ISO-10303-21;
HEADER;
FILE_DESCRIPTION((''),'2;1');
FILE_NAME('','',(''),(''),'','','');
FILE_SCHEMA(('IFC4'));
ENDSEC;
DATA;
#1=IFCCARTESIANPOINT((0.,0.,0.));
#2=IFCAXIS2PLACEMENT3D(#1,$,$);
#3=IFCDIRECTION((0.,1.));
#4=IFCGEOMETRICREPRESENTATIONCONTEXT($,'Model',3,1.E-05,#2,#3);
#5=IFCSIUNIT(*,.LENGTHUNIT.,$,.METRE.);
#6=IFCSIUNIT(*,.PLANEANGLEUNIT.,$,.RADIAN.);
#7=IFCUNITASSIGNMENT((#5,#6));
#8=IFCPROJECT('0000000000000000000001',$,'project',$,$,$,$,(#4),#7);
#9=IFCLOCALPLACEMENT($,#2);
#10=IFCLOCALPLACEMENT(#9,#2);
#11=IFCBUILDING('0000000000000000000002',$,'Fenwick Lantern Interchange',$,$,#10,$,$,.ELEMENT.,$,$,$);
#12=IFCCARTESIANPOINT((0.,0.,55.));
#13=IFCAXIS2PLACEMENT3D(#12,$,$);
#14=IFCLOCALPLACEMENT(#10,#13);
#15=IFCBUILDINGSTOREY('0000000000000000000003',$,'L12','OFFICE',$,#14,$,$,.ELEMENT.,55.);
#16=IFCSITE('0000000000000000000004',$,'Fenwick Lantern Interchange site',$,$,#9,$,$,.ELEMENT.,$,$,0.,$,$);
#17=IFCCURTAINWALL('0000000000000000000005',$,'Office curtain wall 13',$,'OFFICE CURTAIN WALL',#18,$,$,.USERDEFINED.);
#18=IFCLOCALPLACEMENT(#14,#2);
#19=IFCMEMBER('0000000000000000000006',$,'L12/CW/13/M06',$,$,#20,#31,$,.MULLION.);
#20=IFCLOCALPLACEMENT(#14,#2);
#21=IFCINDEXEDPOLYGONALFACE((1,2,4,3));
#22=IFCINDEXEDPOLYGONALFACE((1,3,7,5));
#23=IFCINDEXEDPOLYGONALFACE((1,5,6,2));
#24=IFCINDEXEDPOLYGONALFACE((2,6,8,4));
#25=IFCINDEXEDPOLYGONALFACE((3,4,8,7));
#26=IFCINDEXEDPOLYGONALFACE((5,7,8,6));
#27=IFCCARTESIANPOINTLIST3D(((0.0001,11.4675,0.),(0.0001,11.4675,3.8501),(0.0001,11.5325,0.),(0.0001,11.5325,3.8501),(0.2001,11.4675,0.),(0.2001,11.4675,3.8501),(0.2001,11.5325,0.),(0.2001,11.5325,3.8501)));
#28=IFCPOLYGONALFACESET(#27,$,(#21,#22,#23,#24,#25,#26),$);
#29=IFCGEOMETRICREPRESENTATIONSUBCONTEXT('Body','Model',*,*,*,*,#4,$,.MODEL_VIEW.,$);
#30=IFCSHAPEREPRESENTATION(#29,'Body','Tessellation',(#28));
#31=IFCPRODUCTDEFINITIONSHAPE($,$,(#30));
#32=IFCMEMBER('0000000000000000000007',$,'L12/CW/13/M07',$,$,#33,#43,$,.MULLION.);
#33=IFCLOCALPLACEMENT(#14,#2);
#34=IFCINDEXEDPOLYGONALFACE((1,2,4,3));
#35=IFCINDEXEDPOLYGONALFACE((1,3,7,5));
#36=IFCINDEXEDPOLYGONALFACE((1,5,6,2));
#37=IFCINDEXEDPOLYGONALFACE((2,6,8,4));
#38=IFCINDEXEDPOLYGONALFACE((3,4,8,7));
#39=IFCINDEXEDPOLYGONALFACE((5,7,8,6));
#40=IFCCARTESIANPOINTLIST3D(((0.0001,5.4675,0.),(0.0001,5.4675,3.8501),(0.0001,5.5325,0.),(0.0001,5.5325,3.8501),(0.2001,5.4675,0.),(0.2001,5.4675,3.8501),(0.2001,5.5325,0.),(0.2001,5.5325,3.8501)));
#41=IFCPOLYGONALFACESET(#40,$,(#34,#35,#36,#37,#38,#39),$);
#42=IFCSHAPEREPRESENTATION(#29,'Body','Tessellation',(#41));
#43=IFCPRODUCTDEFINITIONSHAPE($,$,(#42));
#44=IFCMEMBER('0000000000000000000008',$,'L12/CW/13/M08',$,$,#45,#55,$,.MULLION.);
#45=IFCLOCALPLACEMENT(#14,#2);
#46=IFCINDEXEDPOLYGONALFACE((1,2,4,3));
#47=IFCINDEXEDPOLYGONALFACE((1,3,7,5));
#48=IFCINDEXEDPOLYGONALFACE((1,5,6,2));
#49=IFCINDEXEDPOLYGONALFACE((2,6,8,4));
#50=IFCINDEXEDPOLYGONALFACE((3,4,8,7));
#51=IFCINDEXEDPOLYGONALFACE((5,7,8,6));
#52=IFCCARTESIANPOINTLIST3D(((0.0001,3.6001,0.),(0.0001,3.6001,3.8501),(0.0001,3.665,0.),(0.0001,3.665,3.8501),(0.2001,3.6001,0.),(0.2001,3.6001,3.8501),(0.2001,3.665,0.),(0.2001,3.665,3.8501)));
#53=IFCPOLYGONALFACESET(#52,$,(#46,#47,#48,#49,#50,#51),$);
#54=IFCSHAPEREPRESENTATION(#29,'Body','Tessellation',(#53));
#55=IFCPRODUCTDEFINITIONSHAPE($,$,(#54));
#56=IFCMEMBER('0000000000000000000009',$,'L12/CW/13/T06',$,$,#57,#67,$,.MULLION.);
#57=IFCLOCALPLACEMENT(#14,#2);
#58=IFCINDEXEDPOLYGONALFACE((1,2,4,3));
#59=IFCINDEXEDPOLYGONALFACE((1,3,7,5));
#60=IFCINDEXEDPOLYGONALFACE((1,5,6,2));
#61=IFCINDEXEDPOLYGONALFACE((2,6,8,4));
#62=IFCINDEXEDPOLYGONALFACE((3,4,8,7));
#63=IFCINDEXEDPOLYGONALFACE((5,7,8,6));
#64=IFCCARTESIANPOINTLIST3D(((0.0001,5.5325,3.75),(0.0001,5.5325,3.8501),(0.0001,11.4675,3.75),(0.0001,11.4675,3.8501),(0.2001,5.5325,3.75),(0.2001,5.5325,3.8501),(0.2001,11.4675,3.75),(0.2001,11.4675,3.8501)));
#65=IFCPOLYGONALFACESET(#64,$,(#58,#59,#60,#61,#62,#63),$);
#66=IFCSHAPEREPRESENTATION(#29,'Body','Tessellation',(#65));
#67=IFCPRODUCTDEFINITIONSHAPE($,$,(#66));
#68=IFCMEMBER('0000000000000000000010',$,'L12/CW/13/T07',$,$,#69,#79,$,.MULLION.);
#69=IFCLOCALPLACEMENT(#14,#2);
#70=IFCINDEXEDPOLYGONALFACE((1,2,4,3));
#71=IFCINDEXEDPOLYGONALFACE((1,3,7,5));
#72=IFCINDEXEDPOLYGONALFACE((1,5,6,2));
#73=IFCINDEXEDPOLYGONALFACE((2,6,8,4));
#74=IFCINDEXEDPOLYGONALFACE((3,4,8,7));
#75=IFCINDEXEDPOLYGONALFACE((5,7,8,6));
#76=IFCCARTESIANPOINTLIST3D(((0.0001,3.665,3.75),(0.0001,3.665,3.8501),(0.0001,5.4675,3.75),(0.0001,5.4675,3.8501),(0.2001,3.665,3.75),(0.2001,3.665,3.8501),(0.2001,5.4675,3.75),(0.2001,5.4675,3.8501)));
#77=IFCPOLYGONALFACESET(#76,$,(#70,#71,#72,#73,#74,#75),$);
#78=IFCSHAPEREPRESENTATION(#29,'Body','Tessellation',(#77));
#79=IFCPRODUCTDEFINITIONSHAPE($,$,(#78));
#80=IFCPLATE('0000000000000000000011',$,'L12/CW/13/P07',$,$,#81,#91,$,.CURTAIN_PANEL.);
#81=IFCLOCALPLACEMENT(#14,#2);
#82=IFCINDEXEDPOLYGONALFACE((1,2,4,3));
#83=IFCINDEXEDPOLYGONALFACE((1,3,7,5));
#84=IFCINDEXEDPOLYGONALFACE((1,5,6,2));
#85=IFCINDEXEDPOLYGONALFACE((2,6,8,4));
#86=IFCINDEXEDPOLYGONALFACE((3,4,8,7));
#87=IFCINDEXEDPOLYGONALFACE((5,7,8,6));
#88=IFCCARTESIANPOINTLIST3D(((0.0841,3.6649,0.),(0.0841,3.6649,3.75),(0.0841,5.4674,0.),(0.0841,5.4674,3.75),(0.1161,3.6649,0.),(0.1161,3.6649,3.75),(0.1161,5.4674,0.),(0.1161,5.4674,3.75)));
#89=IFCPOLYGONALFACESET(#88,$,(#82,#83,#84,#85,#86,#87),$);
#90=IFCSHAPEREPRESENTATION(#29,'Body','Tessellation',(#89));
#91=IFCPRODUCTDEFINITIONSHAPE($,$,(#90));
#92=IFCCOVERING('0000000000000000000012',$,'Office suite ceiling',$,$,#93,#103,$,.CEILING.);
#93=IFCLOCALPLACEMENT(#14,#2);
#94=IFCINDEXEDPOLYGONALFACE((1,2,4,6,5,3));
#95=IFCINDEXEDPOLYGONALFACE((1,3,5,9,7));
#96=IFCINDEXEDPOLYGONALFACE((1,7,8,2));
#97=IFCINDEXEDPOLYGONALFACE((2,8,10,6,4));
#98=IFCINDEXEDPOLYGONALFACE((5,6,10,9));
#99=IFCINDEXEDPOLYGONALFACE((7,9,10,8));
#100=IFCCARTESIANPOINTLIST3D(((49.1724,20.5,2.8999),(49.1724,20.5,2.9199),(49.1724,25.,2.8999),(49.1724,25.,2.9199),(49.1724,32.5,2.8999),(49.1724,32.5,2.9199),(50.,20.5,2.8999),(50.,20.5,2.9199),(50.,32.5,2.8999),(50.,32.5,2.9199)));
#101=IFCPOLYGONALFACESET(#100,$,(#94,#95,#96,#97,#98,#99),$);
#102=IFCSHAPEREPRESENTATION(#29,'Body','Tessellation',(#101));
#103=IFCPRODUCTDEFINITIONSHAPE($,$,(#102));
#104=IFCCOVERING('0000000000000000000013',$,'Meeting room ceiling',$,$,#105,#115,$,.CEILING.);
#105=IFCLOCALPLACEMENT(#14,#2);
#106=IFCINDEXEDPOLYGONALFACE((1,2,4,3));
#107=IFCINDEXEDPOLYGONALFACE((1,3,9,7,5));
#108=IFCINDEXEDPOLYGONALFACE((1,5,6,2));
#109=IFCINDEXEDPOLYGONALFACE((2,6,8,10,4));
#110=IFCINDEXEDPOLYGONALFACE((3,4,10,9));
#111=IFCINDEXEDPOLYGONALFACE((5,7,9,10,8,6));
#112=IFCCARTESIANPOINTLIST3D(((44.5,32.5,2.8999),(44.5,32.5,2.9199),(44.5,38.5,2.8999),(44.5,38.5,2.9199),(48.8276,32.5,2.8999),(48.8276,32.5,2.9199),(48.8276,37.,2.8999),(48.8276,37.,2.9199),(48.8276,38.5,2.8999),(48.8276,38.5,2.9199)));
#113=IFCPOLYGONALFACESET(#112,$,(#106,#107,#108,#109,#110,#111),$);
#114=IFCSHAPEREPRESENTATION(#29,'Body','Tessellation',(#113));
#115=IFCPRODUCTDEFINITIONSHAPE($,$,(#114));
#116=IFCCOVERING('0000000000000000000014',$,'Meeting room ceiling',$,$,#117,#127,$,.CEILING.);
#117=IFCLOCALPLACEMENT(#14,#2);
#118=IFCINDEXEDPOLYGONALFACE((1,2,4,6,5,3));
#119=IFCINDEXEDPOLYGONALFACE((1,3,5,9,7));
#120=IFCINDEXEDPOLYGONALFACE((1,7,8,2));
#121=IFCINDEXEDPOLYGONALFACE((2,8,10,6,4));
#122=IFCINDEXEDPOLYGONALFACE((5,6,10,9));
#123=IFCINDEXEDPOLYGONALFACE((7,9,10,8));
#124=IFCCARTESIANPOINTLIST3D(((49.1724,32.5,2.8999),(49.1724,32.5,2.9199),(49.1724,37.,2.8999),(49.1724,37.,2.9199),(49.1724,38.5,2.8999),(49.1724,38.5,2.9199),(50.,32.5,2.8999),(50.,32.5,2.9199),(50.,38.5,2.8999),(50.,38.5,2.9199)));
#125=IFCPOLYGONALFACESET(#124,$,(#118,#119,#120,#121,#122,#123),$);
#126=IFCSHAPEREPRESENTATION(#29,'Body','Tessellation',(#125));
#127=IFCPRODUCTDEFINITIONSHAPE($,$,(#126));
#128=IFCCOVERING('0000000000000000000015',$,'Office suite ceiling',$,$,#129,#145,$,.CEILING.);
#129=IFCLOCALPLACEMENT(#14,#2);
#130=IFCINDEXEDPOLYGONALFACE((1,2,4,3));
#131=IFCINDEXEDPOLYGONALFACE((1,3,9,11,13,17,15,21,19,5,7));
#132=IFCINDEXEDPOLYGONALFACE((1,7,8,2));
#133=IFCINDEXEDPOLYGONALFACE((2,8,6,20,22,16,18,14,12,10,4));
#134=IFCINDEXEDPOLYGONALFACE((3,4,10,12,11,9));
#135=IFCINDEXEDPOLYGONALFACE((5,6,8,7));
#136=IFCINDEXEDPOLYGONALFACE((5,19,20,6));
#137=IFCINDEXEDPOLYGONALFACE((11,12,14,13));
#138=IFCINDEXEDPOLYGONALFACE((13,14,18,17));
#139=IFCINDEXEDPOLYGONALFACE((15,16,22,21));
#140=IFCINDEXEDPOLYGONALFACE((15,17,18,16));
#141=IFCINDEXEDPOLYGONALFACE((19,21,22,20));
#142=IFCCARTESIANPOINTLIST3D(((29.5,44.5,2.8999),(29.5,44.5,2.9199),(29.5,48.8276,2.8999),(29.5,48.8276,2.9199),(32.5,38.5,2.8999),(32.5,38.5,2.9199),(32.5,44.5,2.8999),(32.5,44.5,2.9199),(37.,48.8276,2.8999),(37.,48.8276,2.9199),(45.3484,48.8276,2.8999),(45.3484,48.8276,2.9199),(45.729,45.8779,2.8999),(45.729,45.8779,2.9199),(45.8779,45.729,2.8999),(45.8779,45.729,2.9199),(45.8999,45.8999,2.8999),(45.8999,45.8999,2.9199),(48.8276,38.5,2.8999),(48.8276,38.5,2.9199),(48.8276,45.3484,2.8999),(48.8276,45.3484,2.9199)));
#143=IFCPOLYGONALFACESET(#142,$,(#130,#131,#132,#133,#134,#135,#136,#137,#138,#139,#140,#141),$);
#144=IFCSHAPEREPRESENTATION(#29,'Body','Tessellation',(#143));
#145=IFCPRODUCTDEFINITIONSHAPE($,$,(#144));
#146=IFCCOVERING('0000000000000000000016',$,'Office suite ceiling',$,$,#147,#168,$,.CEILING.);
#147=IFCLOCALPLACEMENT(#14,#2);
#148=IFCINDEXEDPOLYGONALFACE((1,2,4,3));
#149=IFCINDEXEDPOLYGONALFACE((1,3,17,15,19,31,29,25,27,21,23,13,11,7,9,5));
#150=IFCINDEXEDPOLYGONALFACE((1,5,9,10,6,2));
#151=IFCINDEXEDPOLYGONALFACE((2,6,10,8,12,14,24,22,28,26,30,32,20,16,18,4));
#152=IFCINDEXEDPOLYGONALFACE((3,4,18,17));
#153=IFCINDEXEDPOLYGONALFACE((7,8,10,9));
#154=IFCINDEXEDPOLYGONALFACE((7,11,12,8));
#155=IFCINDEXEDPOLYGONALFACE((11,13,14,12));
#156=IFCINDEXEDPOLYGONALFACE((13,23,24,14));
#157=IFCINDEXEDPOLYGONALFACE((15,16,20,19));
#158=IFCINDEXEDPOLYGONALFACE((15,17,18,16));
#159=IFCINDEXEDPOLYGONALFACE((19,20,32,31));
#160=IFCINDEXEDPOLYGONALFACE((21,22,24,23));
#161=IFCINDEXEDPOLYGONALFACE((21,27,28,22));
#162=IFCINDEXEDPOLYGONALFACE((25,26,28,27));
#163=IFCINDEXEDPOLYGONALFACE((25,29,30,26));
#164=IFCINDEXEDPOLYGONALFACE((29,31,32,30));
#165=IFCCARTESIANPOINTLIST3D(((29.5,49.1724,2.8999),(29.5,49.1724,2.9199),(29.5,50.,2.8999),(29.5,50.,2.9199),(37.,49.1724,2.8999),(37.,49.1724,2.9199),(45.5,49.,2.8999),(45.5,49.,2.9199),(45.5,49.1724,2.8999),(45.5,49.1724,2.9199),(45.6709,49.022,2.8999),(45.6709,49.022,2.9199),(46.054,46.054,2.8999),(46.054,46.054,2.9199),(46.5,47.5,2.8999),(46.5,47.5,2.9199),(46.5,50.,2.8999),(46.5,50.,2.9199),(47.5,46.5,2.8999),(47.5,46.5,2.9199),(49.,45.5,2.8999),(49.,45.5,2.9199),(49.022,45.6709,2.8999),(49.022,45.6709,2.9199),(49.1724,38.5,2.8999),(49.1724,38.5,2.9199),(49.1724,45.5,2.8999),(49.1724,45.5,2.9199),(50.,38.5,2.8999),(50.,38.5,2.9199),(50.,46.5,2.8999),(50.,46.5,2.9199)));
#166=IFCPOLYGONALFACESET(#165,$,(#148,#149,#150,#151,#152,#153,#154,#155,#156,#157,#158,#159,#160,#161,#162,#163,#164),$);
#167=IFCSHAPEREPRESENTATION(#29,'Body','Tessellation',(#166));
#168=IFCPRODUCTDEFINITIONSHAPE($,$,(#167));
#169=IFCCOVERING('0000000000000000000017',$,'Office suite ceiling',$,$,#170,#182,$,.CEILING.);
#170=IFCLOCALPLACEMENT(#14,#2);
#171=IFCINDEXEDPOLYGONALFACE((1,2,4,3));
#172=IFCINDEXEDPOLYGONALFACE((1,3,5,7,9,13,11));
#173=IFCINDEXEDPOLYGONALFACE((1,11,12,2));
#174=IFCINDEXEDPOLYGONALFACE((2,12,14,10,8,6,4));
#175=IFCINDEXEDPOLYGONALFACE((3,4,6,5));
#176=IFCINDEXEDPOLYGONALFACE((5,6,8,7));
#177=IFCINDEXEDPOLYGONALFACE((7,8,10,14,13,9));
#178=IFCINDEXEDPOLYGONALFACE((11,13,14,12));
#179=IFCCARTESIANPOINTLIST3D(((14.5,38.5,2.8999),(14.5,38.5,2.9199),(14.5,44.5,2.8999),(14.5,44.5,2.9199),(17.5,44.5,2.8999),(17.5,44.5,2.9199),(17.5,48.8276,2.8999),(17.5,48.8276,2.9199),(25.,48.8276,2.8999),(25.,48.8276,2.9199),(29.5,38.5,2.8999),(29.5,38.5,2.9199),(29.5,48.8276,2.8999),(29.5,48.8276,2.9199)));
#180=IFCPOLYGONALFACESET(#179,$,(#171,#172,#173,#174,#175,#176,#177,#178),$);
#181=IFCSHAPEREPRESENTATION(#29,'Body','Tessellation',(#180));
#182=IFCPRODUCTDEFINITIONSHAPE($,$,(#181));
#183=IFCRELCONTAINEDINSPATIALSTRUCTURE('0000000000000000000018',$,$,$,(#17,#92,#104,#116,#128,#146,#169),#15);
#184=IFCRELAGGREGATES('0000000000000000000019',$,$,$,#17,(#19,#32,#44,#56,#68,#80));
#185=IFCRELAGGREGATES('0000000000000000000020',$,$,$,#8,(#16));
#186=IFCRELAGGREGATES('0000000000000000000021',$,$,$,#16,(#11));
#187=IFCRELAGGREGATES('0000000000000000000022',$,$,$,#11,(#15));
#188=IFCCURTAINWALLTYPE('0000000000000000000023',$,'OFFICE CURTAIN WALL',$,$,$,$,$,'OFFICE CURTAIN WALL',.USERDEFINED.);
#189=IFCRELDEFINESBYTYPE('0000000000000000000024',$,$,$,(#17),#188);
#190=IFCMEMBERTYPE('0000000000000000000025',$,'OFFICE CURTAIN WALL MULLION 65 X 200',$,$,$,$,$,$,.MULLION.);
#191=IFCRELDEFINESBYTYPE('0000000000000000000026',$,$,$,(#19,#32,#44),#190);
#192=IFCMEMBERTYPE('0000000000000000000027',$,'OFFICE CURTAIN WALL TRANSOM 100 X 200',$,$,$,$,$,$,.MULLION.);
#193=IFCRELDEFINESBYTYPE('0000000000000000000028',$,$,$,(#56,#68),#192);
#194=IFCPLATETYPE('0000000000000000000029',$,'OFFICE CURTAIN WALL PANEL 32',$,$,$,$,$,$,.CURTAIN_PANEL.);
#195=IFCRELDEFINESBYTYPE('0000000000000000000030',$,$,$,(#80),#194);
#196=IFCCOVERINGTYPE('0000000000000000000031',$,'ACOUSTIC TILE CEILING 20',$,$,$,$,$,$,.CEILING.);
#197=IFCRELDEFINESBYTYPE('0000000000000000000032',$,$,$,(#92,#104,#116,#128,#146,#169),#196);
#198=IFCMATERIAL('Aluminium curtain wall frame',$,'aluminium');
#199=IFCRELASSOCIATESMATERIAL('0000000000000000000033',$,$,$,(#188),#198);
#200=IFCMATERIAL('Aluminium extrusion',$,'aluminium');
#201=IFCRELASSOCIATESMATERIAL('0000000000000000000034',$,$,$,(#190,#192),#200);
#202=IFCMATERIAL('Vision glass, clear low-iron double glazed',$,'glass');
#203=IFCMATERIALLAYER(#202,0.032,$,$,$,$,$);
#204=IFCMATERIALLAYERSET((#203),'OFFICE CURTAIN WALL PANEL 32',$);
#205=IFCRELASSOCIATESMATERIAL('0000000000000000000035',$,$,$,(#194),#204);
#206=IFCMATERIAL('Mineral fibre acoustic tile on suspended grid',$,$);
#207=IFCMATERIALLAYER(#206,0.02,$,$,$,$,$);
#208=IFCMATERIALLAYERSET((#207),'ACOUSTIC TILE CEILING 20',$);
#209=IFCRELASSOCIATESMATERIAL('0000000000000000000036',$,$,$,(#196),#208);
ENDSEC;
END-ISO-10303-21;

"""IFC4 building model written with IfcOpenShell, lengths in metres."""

from ifc_helpers import new_model, si_unit, direction, frame, origin, origin_2d, place, context, subcontext, project, spatial, polyline, rectangle, outline, extrude, material, layer, layer_set, material_profile, profile_set, type_object, element, aggregate, save


model = new_model("IFC4")

# Units and contexts
model_context = context("Model", 3, precision=1e-05, world=origin(), true_north=direction((0.0, 1.0)))
body_context = subcontext(model_context, "Body", "Model", "MODEL_VIEW")
ifc_project = project(units=[si_unit("LENGTHUNIT", "METRE"), si_unit("PLANEANGLEUNIT", "RADIAN")], contexts=[model_context])

# Site, building, storey
site_placement = place(None, origin())
site = spatial("IfcSite", under=ifc_project, at=site_placement, Name="Fenwick Lantern Interchange site", CompositionType="ELEMENT", RefElevation=0.0)
building_placement = place(site_placement, origin())
building = spatial("IfcBuilding", under=site, at=building_placement, Name="Fenwick Lantern Interchange", CompositionType="ELEMENT")
storey_placement = place(building_placement, frame((0.0, 0.0, 55.0)))
storey = spatial("IfcBuildingStorey", under=building, at=storey_placement, Name="L12", Description="OFFICE", CompositionType="ELEMENT", Elevation=55.0)

# Curtain wall, members, plate
ifc_material_1 = material(Name="Aluminium curtain wall frame", Category="aluminium")
curtain_wall_type = type_object("IfcCurtainWallType", Name="OFFICE CURTAIN WALL", ElementType="OFFICE CURTAIN WALL", PredefinedType="USERDEFINED", material=ifc_material_1)
curtain_wall_placement = place(storey_placement, origin())
curtain_wall = element("IfcCurtainWall", 1, at=curtain_wall_placement, inside=storey, type_object=curtain_wall_type, Name="Office curtain wall 13", ObjectType="OFFICE CURTAIN WALL", PredefinedType="USERDEFINED")
ifc_material_2 = material(Name="Aluminium extrusion", Category="aluminium")
ifc_material_profile_1 = material_profile(ifc_material_2, rectangle(XDim=0.2, YDim=0.0649, at=origin_2d()), Name="OFFICE CURTAIN WALL MULLION 65 X 200")
ifc_profile_set_1 = profile_set([ifc_material_profile_1], Name="Aluminium extrusion")
member_type_1 = type_object("IfcMemberType", Name="OFFICE CURTAIN WALL MULLION 65 X 200", PredefinedType="MULLION", material=ifc_profile_set_1)
member_1_placement = place(storey_placement, frame((0.1001, 11.5, 0.0), z_axis=(0.0, 0.0, 1.0), x_axis=(1.0, 0.0, 0.0)))
member_1 = element("IfcMember", 2, at=member_1_placement, type_object=member_type_1, Name="L12/CW/13/M06", PredefinedType="MULLION", context=body_context, shape_type="SweptSolid", body=[
    extrude(rectangle(XDim=0.2, YDim=0.0649, at=origin_2d()), origin(), (0.0, 0.0, 1.0), 3.8501),
])
member_2_placement = place(storey_placement, frame((0.1001, 5.5, 0.0), z_axis=(0.0, 0.0, 1.0), x_axis=(1.0, 0.0, 0.0)))
member_2 = element("IfcMember", 3, at=member_2_placement, type_object=member_type_1, Name="L12/CW/13/M07", PredefinedType="MULLION", context=body_context, shape_type="SweptSolid", body=[
    extrude(rectangle(XDim=0.2, YDim=0.0649, at=origin_2d()), origin(), (0.0, 0.0, 1.0), 3.8501),
])
member_3_placement = place(storey_placement, frame((0.1001, 3.6326, 0.0), z_axis=(0.0, 0.0, 1.0), x_axis=(1.0, 0.0, 0.0)))
member_3 = element("IfcMember", 4, at=member_3_placement, type_object=member_type_1, Name="L12/CW/13/M08", PredefinedType="MULLION", context=body_context, shape_type="SweptSolid", body=[
    extrude(rectangle(XDim=0.2, YDim=0.0649, at=origin_2d()), origin(), (0.0, 0.0, 1.0), 3.8501),
])
ifc_material_profile_2 = material_profile(ifc_material_2, rectangle(XDim=0.2, YDim=0.1001, at=origin_2d()), Name="OFFICE CURTAIN WALL TRANSOM 100 X 200")
ifc_profile_set_2 = profile_set([ifc_material_profile_2], Name="Aluminium extrusion")
member_type_2 = type_object("IfcMemberType", Name="OFFICE CURTAIN WALL TRANSOM 100 X 200", PredefinedType="MULLION", material=ifc_profile_set_2)
member_4_placement = place(storey_placement, frame((0.1001, 11.4675, 3.8), z_axis=(0.0, -1.0, 0.0), x_axis=(1.0, 0.0, 0.0)))
member_4 = element("IfcMember", 5, at=member_4_placement, type_object=member_type_2, Name="L12/CW/13/T06", PredefinedType="MULLION", context=body_context, shape_type="SweptSolid", body=[
    extrude(rectangle(XDim=0.2, YDim=0.1001, at=origin_2d()), origin(), (0.0, 0.0, 1.0), 5.9351),
])
member_5_placement = place(storey_placement, frame((0.1001, 5.4675, 3.8), z_axis=(0.0, -1.0, 0.0), x_axis=(1.0, 0.0, 0.0)))
member_5 = element("IfcMember", 6, at=member_5_placement, type_object=member_type_2, Name="L12/CW/13/T07", PredefinedType="MULLION", context=body_context, shape_type="SweptSolid", body=[
    extrude(rectangle(XDim=0.2, YDim=0.1001, at=origin_2d()), origin(), (0.0, 0.0, 1.0), 1.8025),
])
ifc_material_3 = material(Name="Vision glass, clear low-iron double glazed", Category="glass")
ifc_layer_1 = layer(ifc_material_3, 0.032)
ifc_layer_set_1 = layer_set([ifc_layer_1], Name="OFFICE CURTAIN WALL PANEL 32")
plate_type = type_object("IfcPlateType", Name="OFFICE CURTAIN WALL PANEL 32", PredefinedType="CURTAIN_PANEL", material=ifc_layer_set_1)
plate_placement = place(storey_placement, frame((0.1001, 4.5662, 0.0), z_axis=(0.0, 0.0, 1.0), x_axis=(0.0, -1.0, 0.0)))
plate = element("IfcPlate", 7, at=plate_placement, type_object=plate_type, Name="L12/CW/13/P07", PredefinedType="CURTAIN_PANEL", context=body_context, shape_type="SweptSolid", body=[
    extrude(rectangle(XDim=1.8025, YDim=0.032, at=origin_2d()), origin(), (0.0, 0.0, 1.0), 3.75),
])
aggregate(curtain_wall, [member_1, member_2, member_3, member_4, member_5, plate])

# Coverings
ifc_material_4 = material(Name="Mineral fibre acoustic tile on suspended grid")
ifc_layer_2 = layer(ifc_material_4, 0.02)
ifc_layer_set_2 = layer_set([ifc_layer_2], Name="ACOUSTIC TILE CEILING 20")
covering_type_1 = type_object("IfcCoveringType", Name="ACOUSTIC TILE CEILING 20", PredefinedType="CEILING", material=ifc_layer_set_2)
covering_1_placement = place(storey_placement, frame((0.0, 0.0, 2.8999)))
element("IfcCovering", 8, at=covering_1_placement, inside=storey, type_object=covering_type_1, Name="Office suite ceiling", PredefinedType="CEILING", context=body_context, shape_type="SweptSolid", body=[
    extrude(outline(polyline([(49.1724, 20.5), (50.0, 20.5), (50.0, 32.5), (49.1724, 32.5), (49.1724, 25.0), (49.1724, 20.5)])), origin(), (0.0, 0.0, 1.0), 0.02),
])
covering_2_placement = place(storey_placement, frame((0.0, 0.0, 2.8999)))
element("IfcCovering", 9, at=covering_2_placement, inside=storey, type_object=covering_type_1, Name="Meeting room ceiling", PredefinedType="CEILING", context=body_context, shape_type="SweptSolid", body=[
    extrude(outline(polyline([(44.5, 32.5), (48.8276, 32.5), (48.8276, 37.0), (48.8276, 38.5), (44.5, 38.5), (44.5, 32.5)])), origin(), (0.0, 0.0, 1.0), 0.02),
])
covering_3_placement = place(storey_placement, frame((0.0, 0.0, 2.8999)))
element("IfcCovering", 10, at=covering_3_placement, inside=storey, type_object=covering_type_1, Name="Meeting room ceiling", PredefinedType="CEILING", context=body_context, shape_type="SweptSolid", body=[
    extrude(outline(polyline([(50.0, 38.5), (49.1724, 38.5), (49.1724, 37.0), (49.1724, 32.5), (50.0, 32.5), (50.0, 38.5)])), origin(), (0.0, 0.0, 1.0), 0.02),
])
covering_4_placement = place(storey_placement, frame((0.0, 0.0, 2.8999)))
element("IfcCovering", 11, at=covering_4_placement, inside=storey, type_object=covering_type_1, Name="Office suite ceiling", PredefinedType="CEILING", context=body_context, shape_type="SweptSolid", body=[
    extrude(outline(polyline([(29.5, 48.8276), (29.5, 44.5), (32.5, 44.5), (32.5, 38.5), (48.8276, 38.5), (48.8276, 45.3484), (45.8779, 45.729), (45.8999, 45.8999), (45.729, 45.8779), (45.3484, 48.8276), (37.0, 48.8276), (29.5, 48.8276)])), origin(), (0.0, 0.0, 1.0), 0.02),
])
covering_5_placement = place(storey_placement, frame((0.0, 0.0, 2.8999)))
element("IfcCovering", 12, at=covering_5_placement, inside=storey, type_object=covering_type_1, Name="Office suite ceiling", PredefinedType="CEILING", context=body_context, shape_type="SweptSolid", body=[
    extrude(outline(polyline([(29.5, 50.0), (29.5, 49.1724), (37.0, 49.1724), (45.5, 49.1724), (45.5, 49.0), (45.6709, 49.022), (46.054, 46.054), (49.022, 45.6709), (49.0, 45.5), (49.1724, 45.5), (49.1724, 38.5), (50.0, 38.5), (50.0, 46.5), (47.5, 46.5), (46.5, 47.5), (46.5, 50.0), (29.5, 50.0)])), origin(), (0.0, 0.0, 1.0), 0.02),
])
covering_6_placement = place(storey_placement, frame((0.0, 0.0, 2.8999)))
element("IfcCovering", 13, at=covering_6_placement, inside=storey, type_object=covering_type_1, Name="Office suite ceiling", PredefinedType="CEILING", context=body_context, shape_type="SweptSolid", body=[
    extrude(outline(polyline([(29.5, 38.5), (29.5, 48.8276), (25.0, 48.8276), (17.5, 48.8276), (17.5, 44.5), (14.5, 44.5), (14.5, 38.5), (29.5, 38.5)])), origin(), (0.0, 0.0, 1.0), 0.02),
])

save(model, "model.ifc")
